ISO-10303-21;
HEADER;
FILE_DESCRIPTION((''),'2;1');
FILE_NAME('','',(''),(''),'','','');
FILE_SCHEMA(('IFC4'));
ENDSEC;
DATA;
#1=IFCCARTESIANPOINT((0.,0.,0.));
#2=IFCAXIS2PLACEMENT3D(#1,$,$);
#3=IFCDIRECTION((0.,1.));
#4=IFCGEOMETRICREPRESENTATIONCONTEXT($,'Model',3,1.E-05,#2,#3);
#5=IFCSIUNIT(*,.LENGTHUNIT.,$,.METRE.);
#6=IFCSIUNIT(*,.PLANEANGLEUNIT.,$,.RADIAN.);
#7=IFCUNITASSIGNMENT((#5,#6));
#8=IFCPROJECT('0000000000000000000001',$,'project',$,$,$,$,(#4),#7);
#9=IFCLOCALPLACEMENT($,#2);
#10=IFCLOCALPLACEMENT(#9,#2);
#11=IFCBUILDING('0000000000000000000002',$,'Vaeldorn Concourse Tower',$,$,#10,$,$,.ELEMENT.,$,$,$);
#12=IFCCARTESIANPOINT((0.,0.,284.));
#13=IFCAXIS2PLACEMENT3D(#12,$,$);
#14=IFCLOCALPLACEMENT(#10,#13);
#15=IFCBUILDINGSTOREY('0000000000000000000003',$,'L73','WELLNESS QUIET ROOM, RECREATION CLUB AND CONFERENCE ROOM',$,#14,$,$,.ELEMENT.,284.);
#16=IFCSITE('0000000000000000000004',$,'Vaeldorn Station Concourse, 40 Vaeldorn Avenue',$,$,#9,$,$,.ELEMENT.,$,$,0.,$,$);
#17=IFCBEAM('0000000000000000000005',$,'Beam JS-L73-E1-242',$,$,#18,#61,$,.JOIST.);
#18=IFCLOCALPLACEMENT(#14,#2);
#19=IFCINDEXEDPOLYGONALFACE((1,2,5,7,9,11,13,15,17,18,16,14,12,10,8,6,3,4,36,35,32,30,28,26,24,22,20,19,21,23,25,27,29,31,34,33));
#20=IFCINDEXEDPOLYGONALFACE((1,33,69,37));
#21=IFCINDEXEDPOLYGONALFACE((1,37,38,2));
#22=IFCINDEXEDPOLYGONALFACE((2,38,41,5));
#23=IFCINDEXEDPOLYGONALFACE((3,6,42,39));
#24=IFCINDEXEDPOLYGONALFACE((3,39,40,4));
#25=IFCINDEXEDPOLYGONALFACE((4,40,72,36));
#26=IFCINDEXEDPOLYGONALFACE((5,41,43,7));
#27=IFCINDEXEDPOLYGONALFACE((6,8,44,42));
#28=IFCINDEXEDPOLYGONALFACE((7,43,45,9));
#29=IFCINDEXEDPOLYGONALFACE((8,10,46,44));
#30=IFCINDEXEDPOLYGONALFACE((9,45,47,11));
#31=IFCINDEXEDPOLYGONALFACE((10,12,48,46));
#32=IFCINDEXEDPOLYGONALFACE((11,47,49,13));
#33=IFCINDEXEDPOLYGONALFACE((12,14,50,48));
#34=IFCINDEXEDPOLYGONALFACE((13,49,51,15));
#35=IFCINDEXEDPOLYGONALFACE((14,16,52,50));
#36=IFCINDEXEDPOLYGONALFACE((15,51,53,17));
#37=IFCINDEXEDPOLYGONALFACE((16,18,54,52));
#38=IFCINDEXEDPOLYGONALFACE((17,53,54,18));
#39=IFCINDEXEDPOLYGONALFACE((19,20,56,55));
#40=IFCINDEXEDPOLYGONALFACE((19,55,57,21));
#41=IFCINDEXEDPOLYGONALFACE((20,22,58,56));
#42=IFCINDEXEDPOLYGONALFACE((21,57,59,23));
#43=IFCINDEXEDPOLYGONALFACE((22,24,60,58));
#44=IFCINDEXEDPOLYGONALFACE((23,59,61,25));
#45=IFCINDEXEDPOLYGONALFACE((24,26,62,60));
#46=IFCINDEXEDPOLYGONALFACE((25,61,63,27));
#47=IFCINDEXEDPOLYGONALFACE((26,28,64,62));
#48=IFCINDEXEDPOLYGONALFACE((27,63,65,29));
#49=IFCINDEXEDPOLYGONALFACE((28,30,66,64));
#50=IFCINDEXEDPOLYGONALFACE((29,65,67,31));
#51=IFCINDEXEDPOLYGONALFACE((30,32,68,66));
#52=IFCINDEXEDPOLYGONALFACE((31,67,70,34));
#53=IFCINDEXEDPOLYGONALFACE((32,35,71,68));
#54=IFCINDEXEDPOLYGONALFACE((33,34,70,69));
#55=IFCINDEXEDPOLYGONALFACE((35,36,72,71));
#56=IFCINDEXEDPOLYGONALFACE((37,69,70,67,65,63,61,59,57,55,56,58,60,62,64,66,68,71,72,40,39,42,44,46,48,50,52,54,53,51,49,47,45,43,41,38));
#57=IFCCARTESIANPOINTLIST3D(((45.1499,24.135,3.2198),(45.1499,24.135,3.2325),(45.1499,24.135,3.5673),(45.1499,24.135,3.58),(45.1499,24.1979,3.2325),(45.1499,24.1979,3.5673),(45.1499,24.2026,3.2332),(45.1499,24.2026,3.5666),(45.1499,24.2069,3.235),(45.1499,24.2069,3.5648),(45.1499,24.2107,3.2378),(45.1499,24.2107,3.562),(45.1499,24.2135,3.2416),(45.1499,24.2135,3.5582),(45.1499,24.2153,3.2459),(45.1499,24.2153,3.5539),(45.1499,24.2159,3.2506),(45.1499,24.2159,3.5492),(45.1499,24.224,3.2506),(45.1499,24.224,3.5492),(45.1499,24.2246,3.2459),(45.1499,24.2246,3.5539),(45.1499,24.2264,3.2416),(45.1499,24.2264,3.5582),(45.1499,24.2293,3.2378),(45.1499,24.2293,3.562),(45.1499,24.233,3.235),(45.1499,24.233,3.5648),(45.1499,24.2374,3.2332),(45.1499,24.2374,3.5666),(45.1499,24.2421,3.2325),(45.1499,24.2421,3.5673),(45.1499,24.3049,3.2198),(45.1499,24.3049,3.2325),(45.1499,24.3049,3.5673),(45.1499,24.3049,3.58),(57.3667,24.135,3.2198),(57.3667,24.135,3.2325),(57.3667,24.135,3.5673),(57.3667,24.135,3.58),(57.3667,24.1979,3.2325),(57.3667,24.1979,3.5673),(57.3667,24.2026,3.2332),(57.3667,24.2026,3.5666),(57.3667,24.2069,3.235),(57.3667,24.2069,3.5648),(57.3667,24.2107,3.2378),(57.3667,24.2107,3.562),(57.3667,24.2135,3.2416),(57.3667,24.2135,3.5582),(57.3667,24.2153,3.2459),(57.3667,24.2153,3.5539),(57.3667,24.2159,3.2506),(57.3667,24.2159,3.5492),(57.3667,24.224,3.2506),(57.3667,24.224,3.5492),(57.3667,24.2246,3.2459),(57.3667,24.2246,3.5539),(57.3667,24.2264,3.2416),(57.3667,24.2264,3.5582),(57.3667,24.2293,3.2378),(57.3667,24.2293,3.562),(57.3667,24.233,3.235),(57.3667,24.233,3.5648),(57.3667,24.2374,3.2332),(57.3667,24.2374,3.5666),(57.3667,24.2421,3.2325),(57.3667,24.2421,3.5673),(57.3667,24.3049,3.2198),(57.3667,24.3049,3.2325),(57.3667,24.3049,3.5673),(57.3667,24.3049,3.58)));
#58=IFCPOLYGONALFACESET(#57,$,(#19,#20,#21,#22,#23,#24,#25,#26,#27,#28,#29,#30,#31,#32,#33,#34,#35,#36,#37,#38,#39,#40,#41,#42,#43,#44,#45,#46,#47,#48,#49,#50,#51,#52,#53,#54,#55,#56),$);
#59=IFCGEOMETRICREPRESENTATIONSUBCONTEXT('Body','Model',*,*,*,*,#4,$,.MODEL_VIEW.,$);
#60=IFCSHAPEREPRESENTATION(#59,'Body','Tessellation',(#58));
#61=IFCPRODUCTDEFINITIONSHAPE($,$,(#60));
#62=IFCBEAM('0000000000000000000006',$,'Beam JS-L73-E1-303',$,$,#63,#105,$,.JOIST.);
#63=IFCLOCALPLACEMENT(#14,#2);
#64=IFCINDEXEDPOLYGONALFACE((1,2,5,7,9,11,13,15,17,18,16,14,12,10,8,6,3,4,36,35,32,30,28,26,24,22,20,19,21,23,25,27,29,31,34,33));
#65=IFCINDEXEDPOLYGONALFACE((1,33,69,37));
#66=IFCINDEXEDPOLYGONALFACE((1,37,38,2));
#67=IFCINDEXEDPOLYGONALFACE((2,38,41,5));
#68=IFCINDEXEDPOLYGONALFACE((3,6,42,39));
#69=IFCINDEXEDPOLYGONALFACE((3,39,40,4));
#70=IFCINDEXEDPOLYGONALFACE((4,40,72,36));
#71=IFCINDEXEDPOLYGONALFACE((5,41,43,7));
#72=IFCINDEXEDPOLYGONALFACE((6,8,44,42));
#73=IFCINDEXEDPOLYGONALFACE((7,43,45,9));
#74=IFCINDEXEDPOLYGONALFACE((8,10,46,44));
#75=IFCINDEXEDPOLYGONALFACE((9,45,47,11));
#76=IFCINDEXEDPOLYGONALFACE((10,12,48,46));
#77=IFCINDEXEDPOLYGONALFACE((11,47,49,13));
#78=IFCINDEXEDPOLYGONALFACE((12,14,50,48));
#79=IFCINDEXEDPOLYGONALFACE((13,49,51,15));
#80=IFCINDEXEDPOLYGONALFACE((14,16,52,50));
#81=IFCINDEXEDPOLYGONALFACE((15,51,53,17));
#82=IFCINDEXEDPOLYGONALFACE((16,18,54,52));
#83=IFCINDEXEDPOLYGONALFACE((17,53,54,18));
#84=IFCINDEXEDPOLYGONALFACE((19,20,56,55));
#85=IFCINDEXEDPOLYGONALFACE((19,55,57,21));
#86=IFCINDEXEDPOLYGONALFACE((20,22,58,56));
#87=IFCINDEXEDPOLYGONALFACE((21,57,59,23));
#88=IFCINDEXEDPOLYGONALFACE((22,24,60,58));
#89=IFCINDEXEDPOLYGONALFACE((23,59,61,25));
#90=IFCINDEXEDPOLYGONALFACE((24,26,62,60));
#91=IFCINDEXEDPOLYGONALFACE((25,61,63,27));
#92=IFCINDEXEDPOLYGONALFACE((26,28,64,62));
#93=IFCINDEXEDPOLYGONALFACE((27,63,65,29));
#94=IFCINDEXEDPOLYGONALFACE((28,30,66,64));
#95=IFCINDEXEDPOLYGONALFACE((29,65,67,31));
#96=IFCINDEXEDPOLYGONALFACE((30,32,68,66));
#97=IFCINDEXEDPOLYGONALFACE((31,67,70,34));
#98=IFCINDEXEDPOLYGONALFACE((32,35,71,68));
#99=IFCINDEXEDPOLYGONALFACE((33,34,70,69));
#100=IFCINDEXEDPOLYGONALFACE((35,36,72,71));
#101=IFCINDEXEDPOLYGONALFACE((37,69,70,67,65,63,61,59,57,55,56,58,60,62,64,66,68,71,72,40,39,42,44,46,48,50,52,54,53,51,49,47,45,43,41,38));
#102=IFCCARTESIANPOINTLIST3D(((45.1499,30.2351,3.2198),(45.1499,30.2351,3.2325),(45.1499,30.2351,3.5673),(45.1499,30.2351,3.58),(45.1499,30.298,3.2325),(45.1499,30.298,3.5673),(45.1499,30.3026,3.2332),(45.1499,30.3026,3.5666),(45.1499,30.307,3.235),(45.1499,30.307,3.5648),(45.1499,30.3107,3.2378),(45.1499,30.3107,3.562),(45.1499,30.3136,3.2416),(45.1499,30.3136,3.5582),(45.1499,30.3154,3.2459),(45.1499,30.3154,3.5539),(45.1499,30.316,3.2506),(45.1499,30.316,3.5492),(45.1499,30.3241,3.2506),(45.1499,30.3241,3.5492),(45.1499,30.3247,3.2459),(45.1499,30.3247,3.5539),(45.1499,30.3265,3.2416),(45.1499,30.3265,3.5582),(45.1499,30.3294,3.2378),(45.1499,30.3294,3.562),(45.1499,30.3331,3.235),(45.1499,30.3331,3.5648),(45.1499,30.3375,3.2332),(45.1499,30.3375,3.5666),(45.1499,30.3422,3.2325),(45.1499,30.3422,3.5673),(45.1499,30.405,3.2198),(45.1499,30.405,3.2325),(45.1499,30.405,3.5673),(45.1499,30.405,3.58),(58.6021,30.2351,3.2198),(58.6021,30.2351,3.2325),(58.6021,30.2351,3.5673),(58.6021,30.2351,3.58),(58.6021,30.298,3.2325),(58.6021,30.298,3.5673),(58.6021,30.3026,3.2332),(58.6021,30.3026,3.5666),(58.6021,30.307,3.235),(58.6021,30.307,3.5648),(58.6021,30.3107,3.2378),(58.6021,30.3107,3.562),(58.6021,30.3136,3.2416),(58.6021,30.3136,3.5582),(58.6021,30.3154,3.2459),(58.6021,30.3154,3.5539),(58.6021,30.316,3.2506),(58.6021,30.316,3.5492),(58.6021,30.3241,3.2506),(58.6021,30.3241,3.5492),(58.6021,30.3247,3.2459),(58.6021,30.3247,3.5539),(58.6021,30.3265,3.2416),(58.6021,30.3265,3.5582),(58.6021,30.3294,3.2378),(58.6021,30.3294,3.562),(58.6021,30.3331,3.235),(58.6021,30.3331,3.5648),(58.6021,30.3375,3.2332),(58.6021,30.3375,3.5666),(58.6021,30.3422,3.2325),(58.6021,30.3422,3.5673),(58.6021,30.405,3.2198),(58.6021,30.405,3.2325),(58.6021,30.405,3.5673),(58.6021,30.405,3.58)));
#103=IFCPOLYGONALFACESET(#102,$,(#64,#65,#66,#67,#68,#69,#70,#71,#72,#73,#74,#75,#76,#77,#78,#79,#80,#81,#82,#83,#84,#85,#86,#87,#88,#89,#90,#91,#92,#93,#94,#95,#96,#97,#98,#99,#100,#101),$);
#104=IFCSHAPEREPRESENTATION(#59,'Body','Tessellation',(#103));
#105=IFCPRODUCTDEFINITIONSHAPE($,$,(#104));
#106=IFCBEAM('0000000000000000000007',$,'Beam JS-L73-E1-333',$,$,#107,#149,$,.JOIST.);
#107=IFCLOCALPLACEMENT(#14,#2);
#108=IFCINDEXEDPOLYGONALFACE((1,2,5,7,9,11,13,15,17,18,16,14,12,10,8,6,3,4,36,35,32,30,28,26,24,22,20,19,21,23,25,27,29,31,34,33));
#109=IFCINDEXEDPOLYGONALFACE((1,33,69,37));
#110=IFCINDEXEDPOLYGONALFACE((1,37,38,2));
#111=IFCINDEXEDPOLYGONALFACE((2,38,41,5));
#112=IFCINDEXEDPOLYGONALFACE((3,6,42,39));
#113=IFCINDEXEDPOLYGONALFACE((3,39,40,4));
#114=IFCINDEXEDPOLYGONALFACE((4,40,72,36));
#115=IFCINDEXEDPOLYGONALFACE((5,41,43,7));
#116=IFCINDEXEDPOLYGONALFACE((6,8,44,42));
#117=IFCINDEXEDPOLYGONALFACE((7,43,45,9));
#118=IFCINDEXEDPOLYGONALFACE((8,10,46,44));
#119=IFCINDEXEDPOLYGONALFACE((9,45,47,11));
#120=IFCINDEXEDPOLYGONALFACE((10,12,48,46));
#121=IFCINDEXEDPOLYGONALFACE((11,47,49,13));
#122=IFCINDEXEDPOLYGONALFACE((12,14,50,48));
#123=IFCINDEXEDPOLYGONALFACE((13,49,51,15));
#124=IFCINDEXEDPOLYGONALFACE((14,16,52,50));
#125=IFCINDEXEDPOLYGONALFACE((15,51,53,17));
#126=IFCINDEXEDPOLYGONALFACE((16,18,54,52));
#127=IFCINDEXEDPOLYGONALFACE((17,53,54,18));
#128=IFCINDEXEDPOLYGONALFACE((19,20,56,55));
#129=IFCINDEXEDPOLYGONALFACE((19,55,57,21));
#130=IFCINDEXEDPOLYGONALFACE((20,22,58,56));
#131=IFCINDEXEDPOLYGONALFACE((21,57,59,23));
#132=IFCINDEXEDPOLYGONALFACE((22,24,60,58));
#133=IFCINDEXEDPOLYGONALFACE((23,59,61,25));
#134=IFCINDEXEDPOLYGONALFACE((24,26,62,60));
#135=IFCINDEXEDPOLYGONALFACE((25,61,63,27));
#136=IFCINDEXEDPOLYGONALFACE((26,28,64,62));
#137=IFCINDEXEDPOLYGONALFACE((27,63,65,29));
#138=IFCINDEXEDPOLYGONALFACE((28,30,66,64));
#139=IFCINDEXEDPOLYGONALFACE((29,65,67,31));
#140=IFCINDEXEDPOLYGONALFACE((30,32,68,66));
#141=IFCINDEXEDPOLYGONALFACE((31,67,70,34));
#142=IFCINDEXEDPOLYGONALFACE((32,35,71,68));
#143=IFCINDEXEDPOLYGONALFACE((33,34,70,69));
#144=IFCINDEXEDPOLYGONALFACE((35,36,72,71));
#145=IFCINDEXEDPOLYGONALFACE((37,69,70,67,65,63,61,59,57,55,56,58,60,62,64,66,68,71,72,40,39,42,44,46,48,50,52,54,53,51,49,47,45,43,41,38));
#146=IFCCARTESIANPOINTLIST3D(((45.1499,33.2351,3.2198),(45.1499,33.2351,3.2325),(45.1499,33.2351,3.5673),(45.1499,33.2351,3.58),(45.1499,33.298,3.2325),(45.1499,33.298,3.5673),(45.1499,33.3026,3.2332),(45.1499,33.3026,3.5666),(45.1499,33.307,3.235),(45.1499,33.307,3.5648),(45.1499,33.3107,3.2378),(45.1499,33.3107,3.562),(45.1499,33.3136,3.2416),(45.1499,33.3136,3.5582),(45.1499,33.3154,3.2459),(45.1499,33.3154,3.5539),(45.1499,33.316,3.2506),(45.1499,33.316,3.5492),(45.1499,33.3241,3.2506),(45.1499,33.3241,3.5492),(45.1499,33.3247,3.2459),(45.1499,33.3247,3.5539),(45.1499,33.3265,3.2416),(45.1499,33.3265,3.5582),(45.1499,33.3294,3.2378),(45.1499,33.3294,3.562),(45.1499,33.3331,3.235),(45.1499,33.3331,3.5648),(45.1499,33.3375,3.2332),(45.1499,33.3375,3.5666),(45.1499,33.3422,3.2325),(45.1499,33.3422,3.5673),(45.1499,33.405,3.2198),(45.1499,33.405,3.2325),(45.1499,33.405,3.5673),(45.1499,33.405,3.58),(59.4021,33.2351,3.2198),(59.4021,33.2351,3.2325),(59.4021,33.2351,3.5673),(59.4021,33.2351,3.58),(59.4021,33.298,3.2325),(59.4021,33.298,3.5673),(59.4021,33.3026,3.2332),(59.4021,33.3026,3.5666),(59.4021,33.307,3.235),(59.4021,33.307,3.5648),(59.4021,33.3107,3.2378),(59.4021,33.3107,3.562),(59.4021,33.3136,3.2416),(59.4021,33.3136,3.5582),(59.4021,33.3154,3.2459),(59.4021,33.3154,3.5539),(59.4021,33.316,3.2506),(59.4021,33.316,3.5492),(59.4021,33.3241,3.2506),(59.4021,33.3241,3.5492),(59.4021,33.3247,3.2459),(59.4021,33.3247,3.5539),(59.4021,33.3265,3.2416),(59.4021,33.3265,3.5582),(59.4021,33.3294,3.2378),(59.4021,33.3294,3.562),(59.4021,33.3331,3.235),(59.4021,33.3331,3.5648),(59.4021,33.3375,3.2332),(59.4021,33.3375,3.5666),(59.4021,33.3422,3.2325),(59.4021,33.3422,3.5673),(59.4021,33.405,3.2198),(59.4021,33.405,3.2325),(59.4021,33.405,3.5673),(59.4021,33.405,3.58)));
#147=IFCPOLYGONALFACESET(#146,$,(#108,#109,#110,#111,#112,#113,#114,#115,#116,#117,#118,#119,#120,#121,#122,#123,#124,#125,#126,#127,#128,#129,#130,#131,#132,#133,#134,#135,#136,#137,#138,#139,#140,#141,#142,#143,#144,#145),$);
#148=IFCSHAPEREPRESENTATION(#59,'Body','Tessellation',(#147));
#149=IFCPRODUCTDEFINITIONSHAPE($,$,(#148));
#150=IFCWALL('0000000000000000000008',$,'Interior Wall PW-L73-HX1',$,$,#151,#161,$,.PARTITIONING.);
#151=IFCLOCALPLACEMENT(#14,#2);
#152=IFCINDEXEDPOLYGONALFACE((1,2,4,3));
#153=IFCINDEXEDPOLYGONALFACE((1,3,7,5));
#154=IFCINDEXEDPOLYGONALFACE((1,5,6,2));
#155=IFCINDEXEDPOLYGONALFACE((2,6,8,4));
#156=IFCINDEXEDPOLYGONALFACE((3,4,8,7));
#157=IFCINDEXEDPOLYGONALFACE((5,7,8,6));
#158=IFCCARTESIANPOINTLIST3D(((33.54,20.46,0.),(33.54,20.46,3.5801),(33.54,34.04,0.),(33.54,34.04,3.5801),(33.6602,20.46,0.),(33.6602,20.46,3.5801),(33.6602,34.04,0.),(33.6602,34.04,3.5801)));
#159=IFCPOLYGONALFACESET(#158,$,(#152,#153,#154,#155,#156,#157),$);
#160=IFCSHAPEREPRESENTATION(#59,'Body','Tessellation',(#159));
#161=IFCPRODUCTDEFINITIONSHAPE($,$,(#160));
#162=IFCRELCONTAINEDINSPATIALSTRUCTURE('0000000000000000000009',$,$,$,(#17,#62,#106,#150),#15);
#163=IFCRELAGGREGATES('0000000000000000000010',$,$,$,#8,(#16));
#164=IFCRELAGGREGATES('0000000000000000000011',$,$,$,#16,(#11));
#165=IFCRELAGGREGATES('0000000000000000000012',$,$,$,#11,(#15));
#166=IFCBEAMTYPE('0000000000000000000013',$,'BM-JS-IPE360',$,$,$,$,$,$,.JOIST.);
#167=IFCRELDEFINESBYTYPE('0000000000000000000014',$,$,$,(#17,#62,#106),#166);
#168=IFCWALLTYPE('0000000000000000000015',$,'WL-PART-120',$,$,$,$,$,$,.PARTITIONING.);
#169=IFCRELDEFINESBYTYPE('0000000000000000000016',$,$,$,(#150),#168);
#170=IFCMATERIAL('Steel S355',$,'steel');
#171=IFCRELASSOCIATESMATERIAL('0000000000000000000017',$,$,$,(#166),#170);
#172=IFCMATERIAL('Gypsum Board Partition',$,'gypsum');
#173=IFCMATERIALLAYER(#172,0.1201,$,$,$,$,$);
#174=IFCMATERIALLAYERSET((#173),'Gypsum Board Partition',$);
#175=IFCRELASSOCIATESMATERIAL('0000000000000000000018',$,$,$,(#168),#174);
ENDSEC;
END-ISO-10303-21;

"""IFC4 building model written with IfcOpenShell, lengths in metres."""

from ifc_helpers import new_model, si_unit, direction, frame, frame_2d, origin, origin_2d, place, context, subcontext, project, spatial, rectangle, i_section, extrude, source, transform, mapped, material, layer, layer_set, material_profile, profile_set, type_object, element, save


model = new_model("IFC4")

# Units and contexts
model_context = context("Model", 3, precision=1e-05, world=origin(), true_north=direction((0.0, 1.0)))
body_context = subcontext(model_context, "Body", "Model", "MODEL_VIEW")
ifc_project = project(units=[si_unit("LENGTHUNIT", "METRE"), si_unit("PLANEANGLEUNIT", "RADIAN")], contexts=[model_context])

# Site, building, storey
site_placement = place(None, origin())
site = spatial("IfcSite", under=ifc_project, at=site_placement, Name="Vaeldorn Station Concourse, 40 Vaeldorn Avenue", CompositionType="ELEMENT", RefElevation=0.0)
building_placement = place(site_placement, origin())
building = spatial("IfcBuilding", under=site, at=building_placement, Name="Vaeldorn Concourse Tower", CompositionType="ELEMENT")
storey_placement = place(building_placement, frame((0.0, 0.0, 284.0)))
storey = spatial("IfcBuildingStorey", under=building, at=storey_placement, Name="L73", Description="WELLNESS QUIET ROOM, RECREATION CLUB AND CONFERENCE ROOM", CompositionType="ELEMENT", Elevation=284.0)

# Shared definitions
ifc_material_1 = material(Name="Steel S355", Category="steel")

# Beams
ifc_material_profile_1 = material_profile(ifc_material_1, i_section(OverallWidth=0.1699, OverallDepth=0.3601, WebThickness=0.0081, FlangeThickness=0.0127, FilletRadius=0.0181, at=origin_2d()), Name="IPE 360")
ifc_profile_set_1 = profile_set([ifc_material_profile_1], Name="Steel S355")
beam_type_1 = type_object("IfcBeamType", Name="BM-JS-IPE360", PredefinedType="JOIST", material=ifc_profile_set_1)
shared_shape_1 = source(origin(), body_context, "Body", "SweptSolid", [
    extrude(i_section(OverallWidth=0.1699, OverallDepth=0.3601, WebThickness=0.0081, FlangeThickness=0.0127, FilletRadius=0.0181, at=origin_2d()), origin(), (0.0, 0.0, 1.0), 12.2168),
])
beam_1_placement = place(storey_placement, frame((45.1499, 24.22, 3.3999), z_axis=(1.0, 0.0, 0.0), x_axis=(0.0, 1.0, 0.0)))
element("IfcBeam", 1, at=beam_1_placement, inside=storey, type_object=beam_type_1, Name="Beam JS-L73-E1-242", PredefinedType="JOIST", context=body_context, shape_type="MappedRepresentation", body=[
    mapped(shared_shape_1, transform((0.0, 0.0, 0.0), scale=1.0)),
])
shared_shape_2 = source(origin(), body_context, "Body", "SweptSolid", [
    extrude(i_section(OverallWidth=0.1699, OverallDepth=0.3601, WebThickness=0.0081, FlangeThickness=0.0127, FilletRadius=0.0181, at=origin_2d()), origin(), (0.0, 0.0, 1.0), 13.4521),
])
beam_2_placement = place(storey_placement, frame((45.1499, 30.3201, 3.3999), z_axis=(1.0, 0.0, 0.0), x_axis=(0.0, 1.0, 0.0)))
element("IfcBeam", 2, at=beam_2_placement, inside=storey, type_object=beam_type_1, Name="Beam JS-L73-E1-303", PredefinedType="JOIST", context=body_context, shape_type="MappedRepresentation", body=[
    mapped(shared_shape_2, transform((0.0, 0.0, 0.0), scale=1.0)),
])
shared_shape_3 = source(origin(), body_context, "Body", "SweptSolid", [
    extrude(i_section(OverallWidth=0.1699, OverallDepth=0.3601, WebThickness=0.0081, FlangeThickness=0.0127, FilletRadius=0.0181, at=origin_2d()), origin(), (0.0, 0.0, 1.0), 14.2522),
])
beam_3_placement = place(storey_placement, frame((45.1499, 33.3201, 3.3999), z_axis=(1.0, 0.0, 0.0), x_axis=(0.0, 1.0, 0.0)))
element("IfcBeam", 3, at=beam_3_placement, inside=storey, type_object=beam_type_1, Name="Beam JS-L73-E1-333", PredefinedType="JOIST", context=body_context, shape_type="MappedRepresentation", body=[
    mapped(shared_shape_3, transform((0.0, 0.0, 0.0), scale=1.0)),
])

# Wall
ifc_material_2 = material(Name="Gypsum Board Partition", Category="gypsum")
ifc_layer = layer(ifc_material_2, 0.1201)
ifc_layer_set = layer_set([ifc_layer], Name="Gypsum Board Partition")
wall_type = type_object("IfcWallType", Name="WL-PART-120", PredefinedType="PARTITIONING", material=ifc_layer_set)
wall_placement = place(storey_placement, frame((33.6001, 20.46, 0.0), z_axis=(0.0, 0.0, 1.0), x_axis=(0.0, 1.0, 0.0)))
element("IfcWall", 4, at=wall_placement, inside=storey, type_object=wall_type, Name="Interior Wall PW-L73-HX1", PredefinedType="PARTITIONING", context=body_context, shape_type="SweptSolid", body=[
    extrude(rectangle(XDim=13.5801, YDim=0.1201, at=frame_2d((6.79, 0.0))), origin(), (0.0, 0.0, 1.0), 3.5801),
])

save(model, "model.ifc")
